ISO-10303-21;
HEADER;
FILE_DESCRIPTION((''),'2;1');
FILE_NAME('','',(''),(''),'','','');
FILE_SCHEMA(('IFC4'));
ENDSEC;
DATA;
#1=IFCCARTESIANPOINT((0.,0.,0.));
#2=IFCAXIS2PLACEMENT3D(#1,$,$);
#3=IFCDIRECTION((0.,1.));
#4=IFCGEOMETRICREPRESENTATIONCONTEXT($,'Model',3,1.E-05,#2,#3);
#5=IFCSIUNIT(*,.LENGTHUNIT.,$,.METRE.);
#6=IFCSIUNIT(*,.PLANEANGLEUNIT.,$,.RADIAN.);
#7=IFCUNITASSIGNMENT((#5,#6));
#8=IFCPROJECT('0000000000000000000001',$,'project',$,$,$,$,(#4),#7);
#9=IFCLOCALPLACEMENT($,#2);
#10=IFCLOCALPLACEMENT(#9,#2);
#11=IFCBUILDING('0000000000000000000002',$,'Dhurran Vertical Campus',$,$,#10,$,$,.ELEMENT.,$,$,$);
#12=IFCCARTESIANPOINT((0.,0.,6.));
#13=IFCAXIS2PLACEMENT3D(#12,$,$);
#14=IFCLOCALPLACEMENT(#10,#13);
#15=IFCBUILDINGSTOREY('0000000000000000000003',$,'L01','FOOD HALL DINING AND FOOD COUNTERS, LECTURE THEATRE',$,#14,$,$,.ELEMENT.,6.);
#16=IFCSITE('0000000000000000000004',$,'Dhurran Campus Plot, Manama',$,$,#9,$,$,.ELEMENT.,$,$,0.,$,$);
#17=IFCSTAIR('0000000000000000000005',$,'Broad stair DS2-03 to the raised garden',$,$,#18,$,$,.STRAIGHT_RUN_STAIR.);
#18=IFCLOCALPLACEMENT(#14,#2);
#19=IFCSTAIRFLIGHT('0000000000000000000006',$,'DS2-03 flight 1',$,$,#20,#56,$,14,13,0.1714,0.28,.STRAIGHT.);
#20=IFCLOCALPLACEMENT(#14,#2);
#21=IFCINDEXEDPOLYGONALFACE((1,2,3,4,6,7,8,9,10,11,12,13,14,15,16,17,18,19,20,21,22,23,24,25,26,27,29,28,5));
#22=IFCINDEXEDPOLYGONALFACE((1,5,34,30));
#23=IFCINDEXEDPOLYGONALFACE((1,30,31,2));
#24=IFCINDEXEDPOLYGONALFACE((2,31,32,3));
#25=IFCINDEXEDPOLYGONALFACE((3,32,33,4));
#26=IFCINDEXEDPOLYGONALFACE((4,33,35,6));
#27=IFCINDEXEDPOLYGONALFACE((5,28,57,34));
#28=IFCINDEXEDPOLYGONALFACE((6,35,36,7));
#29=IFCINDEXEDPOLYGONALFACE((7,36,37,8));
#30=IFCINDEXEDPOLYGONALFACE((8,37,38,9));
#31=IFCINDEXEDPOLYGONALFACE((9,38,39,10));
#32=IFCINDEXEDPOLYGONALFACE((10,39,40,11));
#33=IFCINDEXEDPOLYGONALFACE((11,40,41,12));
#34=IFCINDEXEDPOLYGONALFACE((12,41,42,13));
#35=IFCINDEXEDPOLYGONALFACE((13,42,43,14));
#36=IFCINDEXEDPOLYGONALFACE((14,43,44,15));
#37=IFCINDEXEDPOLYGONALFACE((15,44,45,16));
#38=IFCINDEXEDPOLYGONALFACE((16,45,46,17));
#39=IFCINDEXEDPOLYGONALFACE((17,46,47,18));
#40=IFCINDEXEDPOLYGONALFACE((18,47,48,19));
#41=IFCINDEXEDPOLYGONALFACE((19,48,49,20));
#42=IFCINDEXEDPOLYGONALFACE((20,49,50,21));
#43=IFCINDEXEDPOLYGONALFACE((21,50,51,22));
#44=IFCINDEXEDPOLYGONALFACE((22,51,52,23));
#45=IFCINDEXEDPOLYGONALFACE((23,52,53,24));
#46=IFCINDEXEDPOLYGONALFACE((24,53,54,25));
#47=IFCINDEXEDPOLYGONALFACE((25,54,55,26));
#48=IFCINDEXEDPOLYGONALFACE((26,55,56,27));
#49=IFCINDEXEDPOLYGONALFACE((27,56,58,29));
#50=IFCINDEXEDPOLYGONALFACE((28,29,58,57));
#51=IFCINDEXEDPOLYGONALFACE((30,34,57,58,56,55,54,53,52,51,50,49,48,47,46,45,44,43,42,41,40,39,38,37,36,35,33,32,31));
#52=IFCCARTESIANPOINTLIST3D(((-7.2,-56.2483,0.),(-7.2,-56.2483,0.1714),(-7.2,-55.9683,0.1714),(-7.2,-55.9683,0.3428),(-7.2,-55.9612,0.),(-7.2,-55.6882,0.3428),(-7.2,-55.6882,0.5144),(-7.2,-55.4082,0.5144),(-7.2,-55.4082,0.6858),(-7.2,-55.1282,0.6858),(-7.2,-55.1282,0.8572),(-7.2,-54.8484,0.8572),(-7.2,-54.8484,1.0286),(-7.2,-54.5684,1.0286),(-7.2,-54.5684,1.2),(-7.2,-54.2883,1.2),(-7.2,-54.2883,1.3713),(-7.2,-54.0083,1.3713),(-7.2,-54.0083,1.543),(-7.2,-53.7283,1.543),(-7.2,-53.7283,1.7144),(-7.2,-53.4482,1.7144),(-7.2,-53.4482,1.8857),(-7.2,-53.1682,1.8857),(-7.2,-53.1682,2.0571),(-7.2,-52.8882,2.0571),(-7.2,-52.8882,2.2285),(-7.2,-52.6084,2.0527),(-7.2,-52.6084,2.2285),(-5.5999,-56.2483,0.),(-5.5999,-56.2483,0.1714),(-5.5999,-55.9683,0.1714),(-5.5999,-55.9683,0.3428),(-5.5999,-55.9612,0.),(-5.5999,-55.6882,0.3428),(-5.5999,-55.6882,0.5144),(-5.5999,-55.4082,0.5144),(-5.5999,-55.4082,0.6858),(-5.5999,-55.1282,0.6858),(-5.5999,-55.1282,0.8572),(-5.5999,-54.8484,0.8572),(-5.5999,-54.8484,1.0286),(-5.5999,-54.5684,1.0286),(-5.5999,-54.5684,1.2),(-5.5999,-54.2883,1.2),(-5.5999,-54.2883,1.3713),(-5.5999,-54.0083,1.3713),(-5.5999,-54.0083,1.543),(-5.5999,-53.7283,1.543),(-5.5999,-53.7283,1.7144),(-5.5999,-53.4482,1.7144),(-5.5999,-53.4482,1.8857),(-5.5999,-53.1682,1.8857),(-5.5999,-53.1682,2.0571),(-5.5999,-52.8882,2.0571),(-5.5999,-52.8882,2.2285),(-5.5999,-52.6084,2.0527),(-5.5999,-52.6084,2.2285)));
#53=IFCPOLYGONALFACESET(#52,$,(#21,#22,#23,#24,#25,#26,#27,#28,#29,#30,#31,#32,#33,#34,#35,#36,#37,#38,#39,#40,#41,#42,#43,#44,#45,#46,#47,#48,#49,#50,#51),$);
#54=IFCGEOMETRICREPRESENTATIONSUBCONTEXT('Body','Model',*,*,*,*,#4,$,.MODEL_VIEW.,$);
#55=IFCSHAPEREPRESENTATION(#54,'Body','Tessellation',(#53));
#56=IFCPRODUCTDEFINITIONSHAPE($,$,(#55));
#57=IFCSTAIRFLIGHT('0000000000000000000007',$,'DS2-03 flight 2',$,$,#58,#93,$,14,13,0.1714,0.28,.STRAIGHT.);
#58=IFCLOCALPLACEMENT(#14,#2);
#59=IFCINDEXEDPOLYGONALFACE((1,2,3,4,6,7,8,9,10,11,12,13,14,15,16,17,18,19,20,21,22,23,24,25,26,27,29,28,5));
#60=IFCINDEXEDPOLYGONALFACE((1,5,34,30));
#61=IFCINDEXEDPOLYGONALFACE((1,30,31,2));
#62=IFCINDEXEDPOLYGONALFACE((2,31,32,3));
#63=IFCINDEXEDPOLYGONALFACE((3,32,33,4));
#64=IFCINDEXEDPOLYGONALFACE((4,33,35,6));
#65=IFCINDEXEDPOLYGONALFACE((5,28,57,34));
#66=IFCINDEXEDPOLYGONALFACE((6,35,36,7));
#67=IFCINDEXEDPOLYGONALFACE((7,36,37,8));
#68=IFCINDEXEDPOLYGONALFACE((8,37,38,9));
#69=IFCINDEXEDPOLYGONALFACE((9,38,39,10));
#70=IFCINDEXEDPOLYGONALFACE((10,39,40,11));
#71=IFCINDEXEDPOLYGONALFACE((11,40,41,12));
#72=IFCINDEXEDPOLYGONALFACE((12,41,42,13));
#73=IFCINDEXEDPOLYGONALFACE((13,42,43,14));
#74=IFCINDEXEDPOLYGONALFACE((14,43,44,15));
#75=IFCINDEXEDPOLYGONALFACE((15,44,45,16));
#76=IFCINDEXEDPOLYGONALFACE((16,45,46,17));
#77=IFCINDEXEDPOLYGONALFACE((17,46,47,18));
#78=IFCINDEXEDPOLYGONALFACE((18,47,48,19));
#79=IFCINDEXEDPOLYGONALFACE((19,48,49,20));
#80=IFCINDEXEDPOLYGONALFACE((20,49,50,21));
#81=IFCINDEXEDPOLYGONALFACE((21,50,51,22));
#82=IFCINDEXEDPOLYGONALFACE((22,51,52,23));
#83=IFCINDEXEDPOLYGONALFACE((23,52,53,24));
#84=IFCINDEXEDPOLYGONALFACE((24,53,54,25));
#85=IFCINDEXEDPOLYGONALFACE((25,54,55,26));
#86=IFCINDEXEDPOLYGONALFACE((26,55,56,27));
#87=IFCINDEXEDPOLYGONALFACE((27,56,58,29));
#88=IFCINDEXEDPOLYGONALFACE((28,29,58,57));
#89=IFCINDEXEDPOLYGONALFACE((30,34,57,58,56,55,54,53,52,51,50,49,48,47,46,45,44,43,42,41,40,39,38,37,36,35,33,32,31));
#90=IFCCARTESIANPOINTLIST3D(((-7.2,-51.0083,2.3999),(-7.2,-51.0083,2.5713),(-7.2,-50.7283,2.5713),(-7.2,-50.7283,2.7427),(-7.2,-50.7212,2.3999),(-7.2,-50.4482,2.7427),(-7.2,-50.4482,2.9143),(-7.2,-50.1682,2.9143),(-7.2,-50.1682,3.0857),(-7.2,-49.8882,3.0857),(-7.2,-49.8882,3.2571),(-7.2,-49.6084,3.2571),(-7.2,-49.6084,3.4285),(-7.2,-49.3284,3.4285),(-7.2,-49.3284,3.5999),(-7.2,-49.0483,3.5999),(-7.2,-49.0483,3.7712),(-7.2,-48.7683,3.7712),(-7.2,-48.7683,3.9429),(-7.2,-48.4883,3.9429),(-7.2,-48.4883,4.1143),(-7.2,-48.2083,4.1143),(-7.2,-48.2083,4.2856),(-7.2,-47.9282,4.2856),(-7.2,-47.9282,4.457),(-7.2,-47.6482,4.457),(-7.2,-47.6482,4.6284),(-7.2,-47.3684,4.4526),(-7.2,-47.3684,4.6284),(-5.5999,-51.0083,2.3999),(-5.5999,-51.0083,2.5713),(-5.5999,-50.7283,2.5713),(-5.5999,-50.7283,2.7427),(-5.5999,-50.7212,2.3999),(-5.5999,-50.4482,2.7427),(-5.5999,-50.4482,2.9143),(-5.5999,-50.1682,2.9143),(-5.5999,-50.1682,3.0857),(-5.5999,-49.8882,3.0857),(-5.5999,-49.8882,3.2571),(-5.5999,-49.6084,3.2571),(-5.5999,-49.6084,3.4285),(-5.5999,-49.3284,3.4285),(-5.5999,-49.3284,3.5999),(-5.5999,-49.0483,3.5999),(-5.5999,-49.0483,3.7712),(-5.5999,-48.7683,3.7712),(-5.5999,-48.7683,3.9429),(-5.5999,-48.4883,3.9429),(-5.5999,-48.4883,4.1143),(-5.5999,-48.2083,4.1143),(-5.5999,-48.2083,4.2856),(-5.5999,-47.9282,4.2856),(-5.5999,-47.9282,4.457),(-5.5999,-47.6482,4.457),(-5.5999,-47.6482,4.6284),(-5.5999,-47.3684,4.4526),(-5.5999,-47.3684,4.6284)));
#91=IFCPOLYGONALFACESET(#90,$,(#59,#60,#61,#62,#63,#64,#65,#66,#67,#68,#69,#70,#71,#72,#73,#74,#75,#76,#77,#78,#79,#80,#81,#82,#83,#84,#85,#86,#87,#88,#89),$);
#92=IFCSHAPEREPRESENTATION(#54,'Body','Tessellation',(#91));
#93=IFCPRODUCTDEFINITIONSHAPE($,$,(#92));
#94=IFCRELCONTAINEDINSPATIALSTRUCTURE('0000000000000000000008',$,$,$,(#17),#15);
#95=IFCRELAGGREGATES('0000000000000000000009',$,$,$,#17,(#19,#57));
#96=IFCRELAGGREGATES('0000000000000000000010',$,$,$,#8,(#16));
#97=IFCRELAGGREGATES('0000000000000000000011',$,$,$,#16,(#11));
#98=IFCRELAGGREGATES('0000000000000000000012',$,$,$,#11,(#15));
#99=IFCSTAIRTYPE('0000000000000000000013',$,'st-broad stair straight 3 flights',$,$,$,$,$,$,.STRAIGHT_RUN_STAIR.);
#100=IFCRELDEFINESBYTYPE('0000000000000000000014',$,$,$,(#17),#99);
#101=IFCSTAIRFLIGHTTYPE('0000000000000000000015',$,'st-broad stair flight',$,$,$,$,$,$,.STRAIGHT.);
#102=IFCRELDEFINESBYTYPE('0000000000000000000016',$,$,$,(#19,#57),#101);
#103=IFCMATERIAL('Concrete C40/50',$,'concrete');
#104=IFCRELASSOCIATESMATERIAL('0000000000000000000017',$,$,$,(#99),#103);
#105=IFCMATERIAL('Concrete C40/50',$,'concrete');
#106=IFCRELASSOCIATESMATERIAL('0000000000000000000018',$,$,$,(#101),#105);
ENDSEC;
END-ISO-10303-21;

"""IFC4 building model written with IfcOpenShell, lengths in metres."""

from ifc_helpers import new_model, si_unit, direction, frame, origin, place, context, subcontext, project, spatial, polyline, outline, extrude, material, type_object, element, aggregate, save


model = new_model("IFC4")

# Units and contexts
model_context = context("Model", 3, precision=1e-05, world=origin(), true_north=direction((0.0, 1.0)))
body_context = subcontext(model_context, "Body", "Model", "MODEL_VIEW")
ifc_project = project(units=[si_unit("LENGTHUNIT", "METRE"), si_unit("PLANEANGLEUNIT", "RADIAN")], contexts=[model_context])

# Site, building, storey
site_placement = place(None, origin())
site = spatial("IfcSite", under=ifc_project, at=site_placement, Name="Dhurran Campus Plot, Manama", CompositionType="ELEMENT", RefElevation=0.0)
building_placement = place(site_placement, origin())
building = spatial("IfcBuilding", under=site, at=building_placement, Name="Dhurran Vertical Campus", CompositionType="ELEMENT")
storey_placement = place(building_placement, frame((0.0, 0.0, 6.0)))
storey = spatial("IfcBuildingStorey", under=building, at=storey_placement, Name="L01", Description="FOOD HALL DINING AND FOOD COUNTERS, LECTURE THEATRE", CompositionType="ELEMENT", Elevation=6.0)

# Stair, stair flights
ifc_material_1 = material(Name="Concrete C40/50", Category="concrete")
stair_type = type_object("IfcStairType", Name="st-broad stair straight 3 flights", PredefinedType="STRAIGHT_RUN_STAIR", material=ifc_material_1)
ifc_material_2 = material(Name="Concrete C40/50", Category="concrete")
stair_flight_type = type_object("IfcStairFlightType", Name="st-broad stair flight", PredefinedType="STRAIGHT", material=ifc_material_2)
stair_1_placement = place(storey_placement, origin())
stair_1 = element("IfcStair", 1, at=stair_1_placement, inside=storey, type_object=stair_type, Name="Broad stair DS2-03 to the raised garden", PredefinedType="STRAIGHT_RUN_STAIR")
stair_flight_1_placement = place(storey_placement, frame((-6.3999, -56.2483, 0.0), z_axis=(0.0, 0.0, 1.0), x_axis=(0.0, 1.0, 0.0)))
stair_flight_1 = element("IfcStairFlight", 2, at=stair_flight_1_placement, type_object=stair_flight_type, Name="DS2-03 flight 1", NumberOfRisers=14, NumberOfTreads=13, PredefinedType="STRAIGHT", RiserHeight=0.1714, TreadLength=0.28, context=body_context, shape_type="SweptSolid", body=[
    extrude(outline(polyline([(0.0, 0.0), (0.0, 0.1714), (0.28, 0.1714), (0.28, 0.3428), (0.5601, 0.3428), (0.5601, 0.5144), (0.8401, 0.5144), (0.8401, 0.6858), (1.1201, 0.6858), (1.1201, 0.8572), (1.3999, 0.8572), (1.3999, 1.0286), (1.6799, 1.0286), (1.6799, 1.2), (1.96, 1.2), (1.96, 1.3713), (2.24, 1.3713), (2.24, 1.543), (2.52, 1.543), (2.52, 1.7144), (2.8, 1.7144), (2.8, 1.8857), (3.0801, 1.8857), (3.0801, 2.0571), (3.3601, 2.0571), (3.3601, 2.2285), (3.6399, 2.2285), (3.6399, 2.3999), (3.6399, 2.0527), (0.2871, 0.0), (0.0, 0.0)])), frame((0.0, 0.8, 0.0), z_axis=(0.0, -1.0, 0.0), x_axis=(1.0, 0.0, 0.0)), (0.0, 0.0, 1.0), 1.6001),
])
stair_flight_2_placement = place(storey_placement, frame((-6.3999, -51.0083, 2.3999), z_axis=(0.0, 0.0, 1.0), x_axis=(0.0, 1.0, 0.0)))
stair_flight_2 = element("IfcStairFlight", 3, at=stair_flight_2_placement, type_object=stair_flight_type, Name="DS2-03 flight 2", NumberOfRisers=14, NumberOfTreads=13, PredefinedType="STRAIGHT", RiserHeight=0.1714, TreadLength=0.28, context=body_context, shape_type="SweptSolid", body=[
    extrude(outline(polyline([(0.0, 0.0), (0.0, 0.1714), (0.28, 0.1714), (0.28, 0.3428), (0.5601, 0.3428), (0.5601, 0.5144), (0.8401, 0.5144), (0.8401, 0.6858), (1.1201, 0.6858), (1.1201, 0.8572), (1.3999, 0.8572), (1.3999, 1.0286), (1.6799, 1.0286), (1.6799, 1.2), (1.96, 1.2), (1.96, 1.3713), (2.24, 1.3713), (2.24, 1.543), (2.52, 1.543), (2.52, 1.7144), (2.8, 1.7144), (2.8, 1.8857), (3.0801, 1.8857), (3.0801, 2.0571), (3.3601, 2.0571), (3.3601, 2.2285), (3.6399, 2.2285), (3.6399, 2.3999), (3.6399, 2.0527), (0.2871, 0.0), (0.0, 0.0)])), frame((0.0, 0.8, 0.0), z_axis=(0.0, -1.0, 0.0), x_axis=(1.0, 0.0, 0.0)), (0.0, 0.0, 1.0), 1.6001),
])
aggregate(stair_1, [stair_flight_1, stair_flight_2])

save(model, "model.ifc")
